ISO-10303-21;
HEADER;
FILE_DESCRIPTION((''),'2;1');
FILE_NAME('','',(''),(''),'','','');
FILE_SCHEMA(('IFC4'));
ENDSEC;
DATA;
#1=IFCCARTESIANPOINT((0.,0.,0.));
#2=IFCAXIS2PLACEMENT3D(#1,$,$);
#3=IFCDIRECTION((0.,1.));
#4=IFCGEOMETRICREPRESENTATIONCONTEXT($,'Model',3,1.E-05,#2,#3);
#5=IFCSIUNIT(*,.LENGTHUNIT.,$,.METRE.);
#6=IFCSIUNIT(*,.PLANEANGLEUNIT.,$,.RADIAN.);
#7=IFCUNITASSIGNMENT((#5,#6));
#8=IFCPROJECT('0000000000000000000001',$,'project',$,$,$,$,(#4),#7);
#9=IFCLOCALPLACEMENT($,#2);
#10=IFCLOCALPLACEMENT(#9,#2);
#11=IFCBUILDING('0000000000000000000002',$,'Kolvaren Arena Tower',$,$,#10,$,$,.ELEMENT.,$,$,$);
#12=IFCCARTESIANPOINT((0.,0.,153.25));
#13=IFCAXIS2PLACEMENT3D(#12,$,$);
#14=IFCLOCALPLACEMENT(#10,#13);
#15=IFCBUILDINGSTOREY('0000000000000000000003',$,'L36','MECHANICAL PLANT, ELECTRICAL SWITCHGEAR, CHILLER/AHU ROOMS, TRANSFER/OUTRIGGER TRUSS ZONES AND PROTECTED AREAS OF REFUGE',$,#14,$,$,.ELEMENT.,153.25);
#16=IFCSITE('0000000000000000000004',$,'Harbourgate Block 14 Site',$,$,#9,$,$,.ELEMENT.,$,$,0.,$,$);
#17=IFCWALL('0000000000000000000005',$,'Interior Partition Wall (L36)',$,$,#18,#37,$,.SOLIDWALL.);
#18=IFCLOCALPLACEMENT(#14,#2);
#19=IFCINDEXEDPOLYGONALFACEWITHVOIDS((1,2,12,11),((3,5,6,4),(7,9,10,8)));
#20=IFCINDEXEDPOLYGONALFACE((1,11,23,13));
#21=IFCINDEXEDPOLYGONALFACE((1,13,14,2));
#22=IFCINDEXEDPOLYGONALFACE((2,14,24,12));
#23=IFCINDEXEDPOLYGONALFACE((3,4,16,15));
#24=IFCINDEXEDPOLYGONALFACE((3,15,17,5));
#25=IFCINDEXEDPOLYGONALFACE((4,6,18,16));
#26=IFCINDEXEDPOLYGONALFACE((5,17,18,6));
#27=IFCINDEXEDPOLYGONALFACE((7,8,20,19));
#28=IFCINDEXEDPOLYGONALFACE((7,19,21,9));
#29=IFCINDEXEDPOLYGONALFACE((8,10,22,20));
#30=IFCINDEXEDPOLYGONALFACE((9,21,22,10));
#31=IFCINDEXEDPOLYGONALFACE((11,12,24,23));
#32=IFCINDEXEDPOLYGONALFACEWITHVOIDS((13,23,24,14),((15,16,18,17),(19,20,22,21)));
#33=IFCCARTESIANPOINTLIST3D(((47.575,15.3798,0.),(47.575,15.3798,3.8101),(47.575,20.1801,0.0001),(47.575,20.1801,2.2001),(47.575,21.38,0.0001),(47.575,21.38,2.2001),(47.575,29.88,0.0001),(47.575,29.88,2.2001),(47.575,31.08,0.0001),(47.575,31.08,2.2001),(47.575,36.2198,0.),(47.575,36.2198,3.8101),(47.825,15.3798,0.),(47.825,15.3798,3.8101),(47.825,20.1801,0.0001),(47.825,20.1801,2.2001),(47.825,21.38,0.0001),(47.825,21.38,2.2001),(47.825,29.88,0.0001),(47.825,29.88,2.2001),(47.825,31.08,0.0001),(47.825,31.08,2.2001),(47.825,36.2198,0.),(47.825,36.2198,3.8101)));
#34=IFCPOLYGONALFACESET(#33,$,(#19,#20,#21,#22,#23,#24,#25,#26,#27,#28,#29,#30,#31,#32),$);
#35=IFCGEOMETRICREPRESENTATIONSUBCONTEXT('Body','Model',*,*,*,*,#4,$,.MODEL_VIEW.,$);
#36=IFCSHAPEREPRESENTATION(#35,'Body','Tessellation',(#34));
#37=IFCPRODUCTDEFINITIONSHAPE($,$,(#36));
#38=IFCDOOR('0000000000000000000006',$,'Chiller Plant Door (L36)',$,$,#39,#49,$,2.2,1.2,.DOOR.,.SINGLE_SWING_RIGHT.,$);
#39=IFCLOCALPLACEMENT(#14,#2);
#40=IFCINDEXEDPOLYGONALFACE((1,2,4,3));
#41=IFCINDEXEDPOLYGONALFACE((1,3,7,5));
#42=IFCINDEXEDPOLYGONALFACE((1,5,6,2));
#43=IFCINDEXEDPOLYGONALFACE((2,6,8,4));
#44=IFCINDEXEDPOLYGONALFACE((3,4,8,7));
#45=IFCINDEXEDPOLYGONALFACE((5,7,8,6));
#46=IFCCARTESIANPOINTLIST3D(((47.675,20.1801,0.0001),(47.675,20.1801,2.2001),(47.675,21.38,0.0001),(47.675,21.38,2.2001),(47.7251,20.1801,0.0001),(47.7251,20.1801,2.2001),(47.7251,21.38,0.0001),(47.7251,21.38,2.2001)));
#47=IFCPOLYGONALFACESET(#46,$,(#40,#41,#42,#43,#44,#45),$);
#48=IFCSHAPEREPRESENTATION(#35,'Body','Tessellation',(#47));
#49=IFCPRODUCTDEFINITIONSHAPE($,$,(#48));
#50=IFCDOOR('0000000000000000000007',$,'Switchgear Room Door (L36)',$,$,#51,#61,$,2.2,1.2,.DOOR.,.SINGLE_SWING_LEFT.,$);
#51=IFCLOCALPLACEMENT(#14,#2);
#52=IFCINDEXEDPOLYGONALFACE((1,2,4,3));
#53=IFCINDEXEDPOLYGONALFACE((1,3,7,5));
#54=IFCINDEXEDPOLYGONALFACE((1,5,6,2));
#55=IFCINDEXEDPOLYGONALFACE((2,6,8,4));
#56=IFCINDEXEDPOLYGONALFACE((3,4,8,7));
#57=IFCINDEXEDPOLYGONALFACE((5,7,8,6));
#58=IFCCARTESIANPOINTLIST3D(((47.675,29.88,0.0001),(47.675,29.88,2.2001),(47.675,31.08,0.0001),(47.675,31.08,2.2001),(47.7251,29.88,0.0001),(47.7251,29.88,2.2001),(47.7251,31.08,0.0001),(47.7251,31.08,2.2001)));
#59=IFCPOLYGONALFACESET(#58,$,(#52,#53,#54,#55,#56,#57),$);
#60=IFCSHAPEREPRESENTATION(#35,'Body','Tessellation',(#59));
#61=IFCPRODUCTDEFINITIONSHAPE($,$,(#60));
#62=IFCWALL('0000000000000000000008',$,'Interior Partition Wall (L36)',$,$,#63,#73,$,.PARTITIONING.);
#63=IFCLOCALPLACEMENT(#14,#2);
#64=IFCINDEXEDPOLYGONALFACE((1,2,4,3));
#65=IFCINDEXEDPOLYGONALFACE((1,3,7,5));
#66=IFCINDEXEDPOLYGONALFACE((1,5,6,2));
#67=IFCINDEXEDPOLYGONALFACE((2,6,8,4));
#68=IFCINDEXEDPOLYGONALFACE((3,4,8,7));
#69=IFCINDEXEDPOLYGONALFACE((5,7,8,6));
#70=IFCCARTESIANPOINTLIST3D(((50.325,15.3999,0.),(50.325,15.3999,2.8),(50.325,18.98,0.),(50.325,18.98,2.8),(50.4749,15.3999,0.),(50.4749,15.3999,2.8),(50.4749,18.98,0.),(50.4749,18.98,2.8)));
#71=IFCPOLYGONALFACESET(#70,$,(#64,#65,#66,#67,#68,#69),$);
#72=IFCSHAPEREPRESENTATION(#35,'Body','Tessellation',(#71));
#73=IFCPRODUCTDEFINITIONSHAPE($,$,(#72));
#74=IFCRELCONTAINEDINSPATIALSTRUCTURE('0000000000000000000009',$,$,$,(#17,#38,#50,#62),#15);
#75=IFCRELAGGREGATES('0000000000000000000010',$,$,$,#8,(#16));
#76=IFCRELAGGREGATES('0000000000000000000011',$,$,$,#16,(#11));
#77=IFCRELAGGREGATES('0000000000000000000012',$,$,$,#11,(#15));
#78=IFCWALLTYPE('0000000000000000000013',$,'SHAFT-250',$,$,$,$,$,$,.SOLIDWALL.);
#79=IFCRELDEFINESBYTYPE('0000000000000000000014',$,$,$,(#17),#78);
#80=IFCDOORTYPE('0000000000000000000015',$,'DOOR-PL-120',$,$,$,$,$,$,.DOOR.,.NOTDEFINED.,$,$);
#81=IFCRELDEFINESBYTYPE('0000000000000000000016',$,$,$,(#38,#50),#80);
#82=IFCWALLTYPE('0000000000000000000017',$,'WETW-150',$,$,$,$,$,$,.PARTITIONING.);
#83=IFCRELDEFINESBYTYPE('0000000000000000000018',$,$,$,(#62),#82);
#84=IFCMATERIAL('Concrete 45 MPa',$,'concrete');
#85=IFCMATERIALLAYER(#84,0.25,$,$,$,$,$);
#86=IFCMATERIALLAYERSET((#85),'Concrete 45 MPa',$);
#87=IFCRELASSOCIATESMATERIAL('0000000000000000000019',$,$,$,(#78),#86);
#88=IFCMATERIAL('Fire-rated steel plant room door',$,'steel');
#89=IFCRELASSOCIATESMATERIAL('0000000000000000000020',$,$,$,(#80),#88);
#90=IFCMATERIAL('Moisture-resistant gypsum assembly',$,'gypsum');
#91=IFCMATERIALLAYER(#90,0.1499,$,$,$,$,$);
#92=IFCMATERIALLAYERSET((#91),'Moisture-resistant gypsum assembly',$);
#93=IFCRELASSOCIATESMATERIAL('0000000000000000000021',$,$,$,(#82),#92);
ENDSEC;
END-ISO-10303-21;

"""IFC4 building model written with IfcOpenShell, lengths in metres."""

from ifc_helpers import new_model, si_unit, direction, frame, frame_2d, origin, place, context, subcontext, project, spatial, rectangle, extrude, material, layer, layer_set, type_object, element, fill, save


model = new_model("IFC4")

# Units and contexts
model_context = context("Model", 3, precision=1e-05, world=origin(), true_north=direction((0.0, 1.0)))
body_context = subcontext(model_context, "Body", "Model", "MODEL_VIEW")
ifc_project = project(units=[si_unit("LENGTHUNIT", "METRE"), si_unit("PLANEANGLEUNIT", "RADIAN")], contexts=[model_context])

# Site, building, storey
site_placement = place(None, origin())
site = spatial("IfcSite", under=ifc_project, at=site_placement, Name="Harbourgate Block 14 Site", CompositionType="ELEMENT", RefElevation=0.0)
building_placement = place(site_placement, origin())
building = spatial("IfcBuilding", under=site, at=building_placement, Name="Kolvaren Arena Tower", CompositionType="ELEMENT")
storey_placement = place(building_placement, frame((0.0, 0.0, 153.25)))
storey = spatial("IfcBuildingStorey", under=building, at=storey_placement, Name="L36", Description="MECHANICAL PLANT, ELECTRICAL SWITCHGEAR, CHILLER/AHU ROOMS, TRANSFER/OUTRIGGER TRUSS ZONES AND PROTECTED AREAS OF REFUGE", CompositionType="ELEMENT", Elevation=153.25)

# Shared definitions
ifc_material_1 = material(Name="Concrete 45 MPa", Category="concrete")
ifc_layer_1 = layer(ifc_material_1, 0.25)
ifc_layer_set_1 = layer_set([ifc_layer_1], Name="Concrete 45 MPa")
wall_type_1 = type_object("IfcWallType", Name="SHAFT-250", PredefinedType="SOLIDWALL", material=ifc_layer_set_1)

# Wall, openings, doors
wall_1_placement = place(storey_placement, frame((47.7, 15.3799, 0.0), z_axis=(0.0, 0.0, 1.0), x_axis=(0.0, 1.0, 0.0)))
wall_1 = element("IfcWall", 1, at=wall_1_placement, inside=storey, type_object=wall_type_1, Name="Interior Partition Wall (L36)", PredefinedType="SOLIDWALL", context=body_context, shape_type="SweptSolid", body=[
    extrude(rectangle(XDim=20.8401, YDim=0.25, at=frame_2d((10.4199, 0.0))), origin(), (0.0, 0.0, 1.0), 3.8101),
])
opening_1_placement = place(wall_1_placement, frame((4.8, 0.0, 0.0)))
opening_1 = element("IfcOpeningElement", 2, at=opening_1_placement, cuts=wall_1, PredefinedType="OPENING", context=body_context, shape_type="SweptSolid", body=[
    extrude(rectangle(XDim=1.2, YDim=2.2, at=frame_2d((0.6001, 1.1001))), frame((0.0, 0.135, 0.0), z_axis=(0.0, -1.0, 0.0), x_axis=(1.0, 0.0, 0.0)), (0.0, 0.0, 1.0), 0.27),
])
opening_2_placement = place(wall_1_placement, frame((14.5, 0.0, 0.0)))
opening_2 = element("IfcOpeningElement", 3, at=opening_2_placement, cuts=wall_1, PredefinedType="OPENING", context=body_context, shape_type="SweptSolid", body=[
    extrude(rectangle(XDim=1.2, YDim=2.2, at=frame_2d((0.6001, 1.1001))), frame((0.0, 0.135, 0.0), z_axis=(0.0, -1.0, 0.0), x_axis=(1.0, 0.0, 0.0)), (0.0, 0.0, 1.0), 0.27),
])
ifc_material_2 = material(Name="Fire-rated steel plant room door", Category="steel")
door_type_1 = type_object("IfcDoorType", Name="DOOR-PL-120", OperationType="NOTDEFINED", PredefinedType="DOOR", material=ifc_material_2)
door_1_placement = place(opening_1_placement, origin())
door_1 = element("IfcDoor", 4, at=door_1_placement, inside=storey, type_object=door_type_1, Name="Chiller Plant Door (L36)", OperationType="SINGLE_SWING_RIGHT", OverallHeight=2.2, OverallWidth=1.2, PredefinedType="DOOR", context=body_context, shape_type="SweptSolid", body=[
    extrude(rectangle(XDim=1.2, YDim=2.2, at=frame_2d((0.6001, 1.1001))), frame((0.0, 0.0249, 0.0), z_axis=(0.0, -1.0, 0.0), x_axis=(1.0, 0.0, 0.0)), (0.0, 0.0, 1.0), 0.05),
])
fill(opening_1, door_1)
door_2_placement = place(opening_2_placement, origin())
door_2 = element("IfcDoor", 5, at=door_2_placement, inside=storey, type_object=door_type_1, Name="Switchgear Room Door (L36)", OperationType="SINGLE_SWING_LEFT", OverallHeight=2.2, OverallWidth=1.2, PredefinedType="DOOR", context=body_context, shape_type="SweptSolid", body=[
    extrude(rectangle(XDim=1.2, YDim=2.2, at=frame_2d((0.6001, 1.1001))), frame((0.0, 0.0249, 0.0), z_axis=(0.0, -1.0, 0.0), x_axis=(1.0, 0.0, 0.0)), (0.0, 0.0, 1.0), 0.05),
])
fill(opening_2, door_2)

# Wall
ifc_material_3 = material(Name="Moisture-resistant gypsum assembly", Category="gypsum")
ifc_layer_2 = layer(ifc_material_3, 0.1499)
ifc_layer_set_2 = layer_set([ifc_layer_2], Name="Moisture-resistant gypsum assembly")
wall_type_2 = type_object("IfcWallType", Name="WETW-150", PredefinedType="PARTITIONING", material=ifc_layer_set_2)
wall_2_placement = place(storey_placement, frame((50.3999, 15.3999, 0.0), z_axis=(0.0, 0.0, 1.0), x_axis=(0.0, 1.0, 0.0)))
element("IfcWall", 6, at=wall_2_placement, inside=storey, type_object=wall_type_2, Name="Interior Partition Wall (L36)", PredefinedType="PARTITIONING", context=body_context, shape_type="SweptSolid", body=[
    extrude(rectangle(XDim=3.5801, YDim=0.1499, at=frame_2d((1.79, 0.0))), origin(), (0.0, 0.0, 1.0), 2.8),
])

save(model, "model.ifc")
